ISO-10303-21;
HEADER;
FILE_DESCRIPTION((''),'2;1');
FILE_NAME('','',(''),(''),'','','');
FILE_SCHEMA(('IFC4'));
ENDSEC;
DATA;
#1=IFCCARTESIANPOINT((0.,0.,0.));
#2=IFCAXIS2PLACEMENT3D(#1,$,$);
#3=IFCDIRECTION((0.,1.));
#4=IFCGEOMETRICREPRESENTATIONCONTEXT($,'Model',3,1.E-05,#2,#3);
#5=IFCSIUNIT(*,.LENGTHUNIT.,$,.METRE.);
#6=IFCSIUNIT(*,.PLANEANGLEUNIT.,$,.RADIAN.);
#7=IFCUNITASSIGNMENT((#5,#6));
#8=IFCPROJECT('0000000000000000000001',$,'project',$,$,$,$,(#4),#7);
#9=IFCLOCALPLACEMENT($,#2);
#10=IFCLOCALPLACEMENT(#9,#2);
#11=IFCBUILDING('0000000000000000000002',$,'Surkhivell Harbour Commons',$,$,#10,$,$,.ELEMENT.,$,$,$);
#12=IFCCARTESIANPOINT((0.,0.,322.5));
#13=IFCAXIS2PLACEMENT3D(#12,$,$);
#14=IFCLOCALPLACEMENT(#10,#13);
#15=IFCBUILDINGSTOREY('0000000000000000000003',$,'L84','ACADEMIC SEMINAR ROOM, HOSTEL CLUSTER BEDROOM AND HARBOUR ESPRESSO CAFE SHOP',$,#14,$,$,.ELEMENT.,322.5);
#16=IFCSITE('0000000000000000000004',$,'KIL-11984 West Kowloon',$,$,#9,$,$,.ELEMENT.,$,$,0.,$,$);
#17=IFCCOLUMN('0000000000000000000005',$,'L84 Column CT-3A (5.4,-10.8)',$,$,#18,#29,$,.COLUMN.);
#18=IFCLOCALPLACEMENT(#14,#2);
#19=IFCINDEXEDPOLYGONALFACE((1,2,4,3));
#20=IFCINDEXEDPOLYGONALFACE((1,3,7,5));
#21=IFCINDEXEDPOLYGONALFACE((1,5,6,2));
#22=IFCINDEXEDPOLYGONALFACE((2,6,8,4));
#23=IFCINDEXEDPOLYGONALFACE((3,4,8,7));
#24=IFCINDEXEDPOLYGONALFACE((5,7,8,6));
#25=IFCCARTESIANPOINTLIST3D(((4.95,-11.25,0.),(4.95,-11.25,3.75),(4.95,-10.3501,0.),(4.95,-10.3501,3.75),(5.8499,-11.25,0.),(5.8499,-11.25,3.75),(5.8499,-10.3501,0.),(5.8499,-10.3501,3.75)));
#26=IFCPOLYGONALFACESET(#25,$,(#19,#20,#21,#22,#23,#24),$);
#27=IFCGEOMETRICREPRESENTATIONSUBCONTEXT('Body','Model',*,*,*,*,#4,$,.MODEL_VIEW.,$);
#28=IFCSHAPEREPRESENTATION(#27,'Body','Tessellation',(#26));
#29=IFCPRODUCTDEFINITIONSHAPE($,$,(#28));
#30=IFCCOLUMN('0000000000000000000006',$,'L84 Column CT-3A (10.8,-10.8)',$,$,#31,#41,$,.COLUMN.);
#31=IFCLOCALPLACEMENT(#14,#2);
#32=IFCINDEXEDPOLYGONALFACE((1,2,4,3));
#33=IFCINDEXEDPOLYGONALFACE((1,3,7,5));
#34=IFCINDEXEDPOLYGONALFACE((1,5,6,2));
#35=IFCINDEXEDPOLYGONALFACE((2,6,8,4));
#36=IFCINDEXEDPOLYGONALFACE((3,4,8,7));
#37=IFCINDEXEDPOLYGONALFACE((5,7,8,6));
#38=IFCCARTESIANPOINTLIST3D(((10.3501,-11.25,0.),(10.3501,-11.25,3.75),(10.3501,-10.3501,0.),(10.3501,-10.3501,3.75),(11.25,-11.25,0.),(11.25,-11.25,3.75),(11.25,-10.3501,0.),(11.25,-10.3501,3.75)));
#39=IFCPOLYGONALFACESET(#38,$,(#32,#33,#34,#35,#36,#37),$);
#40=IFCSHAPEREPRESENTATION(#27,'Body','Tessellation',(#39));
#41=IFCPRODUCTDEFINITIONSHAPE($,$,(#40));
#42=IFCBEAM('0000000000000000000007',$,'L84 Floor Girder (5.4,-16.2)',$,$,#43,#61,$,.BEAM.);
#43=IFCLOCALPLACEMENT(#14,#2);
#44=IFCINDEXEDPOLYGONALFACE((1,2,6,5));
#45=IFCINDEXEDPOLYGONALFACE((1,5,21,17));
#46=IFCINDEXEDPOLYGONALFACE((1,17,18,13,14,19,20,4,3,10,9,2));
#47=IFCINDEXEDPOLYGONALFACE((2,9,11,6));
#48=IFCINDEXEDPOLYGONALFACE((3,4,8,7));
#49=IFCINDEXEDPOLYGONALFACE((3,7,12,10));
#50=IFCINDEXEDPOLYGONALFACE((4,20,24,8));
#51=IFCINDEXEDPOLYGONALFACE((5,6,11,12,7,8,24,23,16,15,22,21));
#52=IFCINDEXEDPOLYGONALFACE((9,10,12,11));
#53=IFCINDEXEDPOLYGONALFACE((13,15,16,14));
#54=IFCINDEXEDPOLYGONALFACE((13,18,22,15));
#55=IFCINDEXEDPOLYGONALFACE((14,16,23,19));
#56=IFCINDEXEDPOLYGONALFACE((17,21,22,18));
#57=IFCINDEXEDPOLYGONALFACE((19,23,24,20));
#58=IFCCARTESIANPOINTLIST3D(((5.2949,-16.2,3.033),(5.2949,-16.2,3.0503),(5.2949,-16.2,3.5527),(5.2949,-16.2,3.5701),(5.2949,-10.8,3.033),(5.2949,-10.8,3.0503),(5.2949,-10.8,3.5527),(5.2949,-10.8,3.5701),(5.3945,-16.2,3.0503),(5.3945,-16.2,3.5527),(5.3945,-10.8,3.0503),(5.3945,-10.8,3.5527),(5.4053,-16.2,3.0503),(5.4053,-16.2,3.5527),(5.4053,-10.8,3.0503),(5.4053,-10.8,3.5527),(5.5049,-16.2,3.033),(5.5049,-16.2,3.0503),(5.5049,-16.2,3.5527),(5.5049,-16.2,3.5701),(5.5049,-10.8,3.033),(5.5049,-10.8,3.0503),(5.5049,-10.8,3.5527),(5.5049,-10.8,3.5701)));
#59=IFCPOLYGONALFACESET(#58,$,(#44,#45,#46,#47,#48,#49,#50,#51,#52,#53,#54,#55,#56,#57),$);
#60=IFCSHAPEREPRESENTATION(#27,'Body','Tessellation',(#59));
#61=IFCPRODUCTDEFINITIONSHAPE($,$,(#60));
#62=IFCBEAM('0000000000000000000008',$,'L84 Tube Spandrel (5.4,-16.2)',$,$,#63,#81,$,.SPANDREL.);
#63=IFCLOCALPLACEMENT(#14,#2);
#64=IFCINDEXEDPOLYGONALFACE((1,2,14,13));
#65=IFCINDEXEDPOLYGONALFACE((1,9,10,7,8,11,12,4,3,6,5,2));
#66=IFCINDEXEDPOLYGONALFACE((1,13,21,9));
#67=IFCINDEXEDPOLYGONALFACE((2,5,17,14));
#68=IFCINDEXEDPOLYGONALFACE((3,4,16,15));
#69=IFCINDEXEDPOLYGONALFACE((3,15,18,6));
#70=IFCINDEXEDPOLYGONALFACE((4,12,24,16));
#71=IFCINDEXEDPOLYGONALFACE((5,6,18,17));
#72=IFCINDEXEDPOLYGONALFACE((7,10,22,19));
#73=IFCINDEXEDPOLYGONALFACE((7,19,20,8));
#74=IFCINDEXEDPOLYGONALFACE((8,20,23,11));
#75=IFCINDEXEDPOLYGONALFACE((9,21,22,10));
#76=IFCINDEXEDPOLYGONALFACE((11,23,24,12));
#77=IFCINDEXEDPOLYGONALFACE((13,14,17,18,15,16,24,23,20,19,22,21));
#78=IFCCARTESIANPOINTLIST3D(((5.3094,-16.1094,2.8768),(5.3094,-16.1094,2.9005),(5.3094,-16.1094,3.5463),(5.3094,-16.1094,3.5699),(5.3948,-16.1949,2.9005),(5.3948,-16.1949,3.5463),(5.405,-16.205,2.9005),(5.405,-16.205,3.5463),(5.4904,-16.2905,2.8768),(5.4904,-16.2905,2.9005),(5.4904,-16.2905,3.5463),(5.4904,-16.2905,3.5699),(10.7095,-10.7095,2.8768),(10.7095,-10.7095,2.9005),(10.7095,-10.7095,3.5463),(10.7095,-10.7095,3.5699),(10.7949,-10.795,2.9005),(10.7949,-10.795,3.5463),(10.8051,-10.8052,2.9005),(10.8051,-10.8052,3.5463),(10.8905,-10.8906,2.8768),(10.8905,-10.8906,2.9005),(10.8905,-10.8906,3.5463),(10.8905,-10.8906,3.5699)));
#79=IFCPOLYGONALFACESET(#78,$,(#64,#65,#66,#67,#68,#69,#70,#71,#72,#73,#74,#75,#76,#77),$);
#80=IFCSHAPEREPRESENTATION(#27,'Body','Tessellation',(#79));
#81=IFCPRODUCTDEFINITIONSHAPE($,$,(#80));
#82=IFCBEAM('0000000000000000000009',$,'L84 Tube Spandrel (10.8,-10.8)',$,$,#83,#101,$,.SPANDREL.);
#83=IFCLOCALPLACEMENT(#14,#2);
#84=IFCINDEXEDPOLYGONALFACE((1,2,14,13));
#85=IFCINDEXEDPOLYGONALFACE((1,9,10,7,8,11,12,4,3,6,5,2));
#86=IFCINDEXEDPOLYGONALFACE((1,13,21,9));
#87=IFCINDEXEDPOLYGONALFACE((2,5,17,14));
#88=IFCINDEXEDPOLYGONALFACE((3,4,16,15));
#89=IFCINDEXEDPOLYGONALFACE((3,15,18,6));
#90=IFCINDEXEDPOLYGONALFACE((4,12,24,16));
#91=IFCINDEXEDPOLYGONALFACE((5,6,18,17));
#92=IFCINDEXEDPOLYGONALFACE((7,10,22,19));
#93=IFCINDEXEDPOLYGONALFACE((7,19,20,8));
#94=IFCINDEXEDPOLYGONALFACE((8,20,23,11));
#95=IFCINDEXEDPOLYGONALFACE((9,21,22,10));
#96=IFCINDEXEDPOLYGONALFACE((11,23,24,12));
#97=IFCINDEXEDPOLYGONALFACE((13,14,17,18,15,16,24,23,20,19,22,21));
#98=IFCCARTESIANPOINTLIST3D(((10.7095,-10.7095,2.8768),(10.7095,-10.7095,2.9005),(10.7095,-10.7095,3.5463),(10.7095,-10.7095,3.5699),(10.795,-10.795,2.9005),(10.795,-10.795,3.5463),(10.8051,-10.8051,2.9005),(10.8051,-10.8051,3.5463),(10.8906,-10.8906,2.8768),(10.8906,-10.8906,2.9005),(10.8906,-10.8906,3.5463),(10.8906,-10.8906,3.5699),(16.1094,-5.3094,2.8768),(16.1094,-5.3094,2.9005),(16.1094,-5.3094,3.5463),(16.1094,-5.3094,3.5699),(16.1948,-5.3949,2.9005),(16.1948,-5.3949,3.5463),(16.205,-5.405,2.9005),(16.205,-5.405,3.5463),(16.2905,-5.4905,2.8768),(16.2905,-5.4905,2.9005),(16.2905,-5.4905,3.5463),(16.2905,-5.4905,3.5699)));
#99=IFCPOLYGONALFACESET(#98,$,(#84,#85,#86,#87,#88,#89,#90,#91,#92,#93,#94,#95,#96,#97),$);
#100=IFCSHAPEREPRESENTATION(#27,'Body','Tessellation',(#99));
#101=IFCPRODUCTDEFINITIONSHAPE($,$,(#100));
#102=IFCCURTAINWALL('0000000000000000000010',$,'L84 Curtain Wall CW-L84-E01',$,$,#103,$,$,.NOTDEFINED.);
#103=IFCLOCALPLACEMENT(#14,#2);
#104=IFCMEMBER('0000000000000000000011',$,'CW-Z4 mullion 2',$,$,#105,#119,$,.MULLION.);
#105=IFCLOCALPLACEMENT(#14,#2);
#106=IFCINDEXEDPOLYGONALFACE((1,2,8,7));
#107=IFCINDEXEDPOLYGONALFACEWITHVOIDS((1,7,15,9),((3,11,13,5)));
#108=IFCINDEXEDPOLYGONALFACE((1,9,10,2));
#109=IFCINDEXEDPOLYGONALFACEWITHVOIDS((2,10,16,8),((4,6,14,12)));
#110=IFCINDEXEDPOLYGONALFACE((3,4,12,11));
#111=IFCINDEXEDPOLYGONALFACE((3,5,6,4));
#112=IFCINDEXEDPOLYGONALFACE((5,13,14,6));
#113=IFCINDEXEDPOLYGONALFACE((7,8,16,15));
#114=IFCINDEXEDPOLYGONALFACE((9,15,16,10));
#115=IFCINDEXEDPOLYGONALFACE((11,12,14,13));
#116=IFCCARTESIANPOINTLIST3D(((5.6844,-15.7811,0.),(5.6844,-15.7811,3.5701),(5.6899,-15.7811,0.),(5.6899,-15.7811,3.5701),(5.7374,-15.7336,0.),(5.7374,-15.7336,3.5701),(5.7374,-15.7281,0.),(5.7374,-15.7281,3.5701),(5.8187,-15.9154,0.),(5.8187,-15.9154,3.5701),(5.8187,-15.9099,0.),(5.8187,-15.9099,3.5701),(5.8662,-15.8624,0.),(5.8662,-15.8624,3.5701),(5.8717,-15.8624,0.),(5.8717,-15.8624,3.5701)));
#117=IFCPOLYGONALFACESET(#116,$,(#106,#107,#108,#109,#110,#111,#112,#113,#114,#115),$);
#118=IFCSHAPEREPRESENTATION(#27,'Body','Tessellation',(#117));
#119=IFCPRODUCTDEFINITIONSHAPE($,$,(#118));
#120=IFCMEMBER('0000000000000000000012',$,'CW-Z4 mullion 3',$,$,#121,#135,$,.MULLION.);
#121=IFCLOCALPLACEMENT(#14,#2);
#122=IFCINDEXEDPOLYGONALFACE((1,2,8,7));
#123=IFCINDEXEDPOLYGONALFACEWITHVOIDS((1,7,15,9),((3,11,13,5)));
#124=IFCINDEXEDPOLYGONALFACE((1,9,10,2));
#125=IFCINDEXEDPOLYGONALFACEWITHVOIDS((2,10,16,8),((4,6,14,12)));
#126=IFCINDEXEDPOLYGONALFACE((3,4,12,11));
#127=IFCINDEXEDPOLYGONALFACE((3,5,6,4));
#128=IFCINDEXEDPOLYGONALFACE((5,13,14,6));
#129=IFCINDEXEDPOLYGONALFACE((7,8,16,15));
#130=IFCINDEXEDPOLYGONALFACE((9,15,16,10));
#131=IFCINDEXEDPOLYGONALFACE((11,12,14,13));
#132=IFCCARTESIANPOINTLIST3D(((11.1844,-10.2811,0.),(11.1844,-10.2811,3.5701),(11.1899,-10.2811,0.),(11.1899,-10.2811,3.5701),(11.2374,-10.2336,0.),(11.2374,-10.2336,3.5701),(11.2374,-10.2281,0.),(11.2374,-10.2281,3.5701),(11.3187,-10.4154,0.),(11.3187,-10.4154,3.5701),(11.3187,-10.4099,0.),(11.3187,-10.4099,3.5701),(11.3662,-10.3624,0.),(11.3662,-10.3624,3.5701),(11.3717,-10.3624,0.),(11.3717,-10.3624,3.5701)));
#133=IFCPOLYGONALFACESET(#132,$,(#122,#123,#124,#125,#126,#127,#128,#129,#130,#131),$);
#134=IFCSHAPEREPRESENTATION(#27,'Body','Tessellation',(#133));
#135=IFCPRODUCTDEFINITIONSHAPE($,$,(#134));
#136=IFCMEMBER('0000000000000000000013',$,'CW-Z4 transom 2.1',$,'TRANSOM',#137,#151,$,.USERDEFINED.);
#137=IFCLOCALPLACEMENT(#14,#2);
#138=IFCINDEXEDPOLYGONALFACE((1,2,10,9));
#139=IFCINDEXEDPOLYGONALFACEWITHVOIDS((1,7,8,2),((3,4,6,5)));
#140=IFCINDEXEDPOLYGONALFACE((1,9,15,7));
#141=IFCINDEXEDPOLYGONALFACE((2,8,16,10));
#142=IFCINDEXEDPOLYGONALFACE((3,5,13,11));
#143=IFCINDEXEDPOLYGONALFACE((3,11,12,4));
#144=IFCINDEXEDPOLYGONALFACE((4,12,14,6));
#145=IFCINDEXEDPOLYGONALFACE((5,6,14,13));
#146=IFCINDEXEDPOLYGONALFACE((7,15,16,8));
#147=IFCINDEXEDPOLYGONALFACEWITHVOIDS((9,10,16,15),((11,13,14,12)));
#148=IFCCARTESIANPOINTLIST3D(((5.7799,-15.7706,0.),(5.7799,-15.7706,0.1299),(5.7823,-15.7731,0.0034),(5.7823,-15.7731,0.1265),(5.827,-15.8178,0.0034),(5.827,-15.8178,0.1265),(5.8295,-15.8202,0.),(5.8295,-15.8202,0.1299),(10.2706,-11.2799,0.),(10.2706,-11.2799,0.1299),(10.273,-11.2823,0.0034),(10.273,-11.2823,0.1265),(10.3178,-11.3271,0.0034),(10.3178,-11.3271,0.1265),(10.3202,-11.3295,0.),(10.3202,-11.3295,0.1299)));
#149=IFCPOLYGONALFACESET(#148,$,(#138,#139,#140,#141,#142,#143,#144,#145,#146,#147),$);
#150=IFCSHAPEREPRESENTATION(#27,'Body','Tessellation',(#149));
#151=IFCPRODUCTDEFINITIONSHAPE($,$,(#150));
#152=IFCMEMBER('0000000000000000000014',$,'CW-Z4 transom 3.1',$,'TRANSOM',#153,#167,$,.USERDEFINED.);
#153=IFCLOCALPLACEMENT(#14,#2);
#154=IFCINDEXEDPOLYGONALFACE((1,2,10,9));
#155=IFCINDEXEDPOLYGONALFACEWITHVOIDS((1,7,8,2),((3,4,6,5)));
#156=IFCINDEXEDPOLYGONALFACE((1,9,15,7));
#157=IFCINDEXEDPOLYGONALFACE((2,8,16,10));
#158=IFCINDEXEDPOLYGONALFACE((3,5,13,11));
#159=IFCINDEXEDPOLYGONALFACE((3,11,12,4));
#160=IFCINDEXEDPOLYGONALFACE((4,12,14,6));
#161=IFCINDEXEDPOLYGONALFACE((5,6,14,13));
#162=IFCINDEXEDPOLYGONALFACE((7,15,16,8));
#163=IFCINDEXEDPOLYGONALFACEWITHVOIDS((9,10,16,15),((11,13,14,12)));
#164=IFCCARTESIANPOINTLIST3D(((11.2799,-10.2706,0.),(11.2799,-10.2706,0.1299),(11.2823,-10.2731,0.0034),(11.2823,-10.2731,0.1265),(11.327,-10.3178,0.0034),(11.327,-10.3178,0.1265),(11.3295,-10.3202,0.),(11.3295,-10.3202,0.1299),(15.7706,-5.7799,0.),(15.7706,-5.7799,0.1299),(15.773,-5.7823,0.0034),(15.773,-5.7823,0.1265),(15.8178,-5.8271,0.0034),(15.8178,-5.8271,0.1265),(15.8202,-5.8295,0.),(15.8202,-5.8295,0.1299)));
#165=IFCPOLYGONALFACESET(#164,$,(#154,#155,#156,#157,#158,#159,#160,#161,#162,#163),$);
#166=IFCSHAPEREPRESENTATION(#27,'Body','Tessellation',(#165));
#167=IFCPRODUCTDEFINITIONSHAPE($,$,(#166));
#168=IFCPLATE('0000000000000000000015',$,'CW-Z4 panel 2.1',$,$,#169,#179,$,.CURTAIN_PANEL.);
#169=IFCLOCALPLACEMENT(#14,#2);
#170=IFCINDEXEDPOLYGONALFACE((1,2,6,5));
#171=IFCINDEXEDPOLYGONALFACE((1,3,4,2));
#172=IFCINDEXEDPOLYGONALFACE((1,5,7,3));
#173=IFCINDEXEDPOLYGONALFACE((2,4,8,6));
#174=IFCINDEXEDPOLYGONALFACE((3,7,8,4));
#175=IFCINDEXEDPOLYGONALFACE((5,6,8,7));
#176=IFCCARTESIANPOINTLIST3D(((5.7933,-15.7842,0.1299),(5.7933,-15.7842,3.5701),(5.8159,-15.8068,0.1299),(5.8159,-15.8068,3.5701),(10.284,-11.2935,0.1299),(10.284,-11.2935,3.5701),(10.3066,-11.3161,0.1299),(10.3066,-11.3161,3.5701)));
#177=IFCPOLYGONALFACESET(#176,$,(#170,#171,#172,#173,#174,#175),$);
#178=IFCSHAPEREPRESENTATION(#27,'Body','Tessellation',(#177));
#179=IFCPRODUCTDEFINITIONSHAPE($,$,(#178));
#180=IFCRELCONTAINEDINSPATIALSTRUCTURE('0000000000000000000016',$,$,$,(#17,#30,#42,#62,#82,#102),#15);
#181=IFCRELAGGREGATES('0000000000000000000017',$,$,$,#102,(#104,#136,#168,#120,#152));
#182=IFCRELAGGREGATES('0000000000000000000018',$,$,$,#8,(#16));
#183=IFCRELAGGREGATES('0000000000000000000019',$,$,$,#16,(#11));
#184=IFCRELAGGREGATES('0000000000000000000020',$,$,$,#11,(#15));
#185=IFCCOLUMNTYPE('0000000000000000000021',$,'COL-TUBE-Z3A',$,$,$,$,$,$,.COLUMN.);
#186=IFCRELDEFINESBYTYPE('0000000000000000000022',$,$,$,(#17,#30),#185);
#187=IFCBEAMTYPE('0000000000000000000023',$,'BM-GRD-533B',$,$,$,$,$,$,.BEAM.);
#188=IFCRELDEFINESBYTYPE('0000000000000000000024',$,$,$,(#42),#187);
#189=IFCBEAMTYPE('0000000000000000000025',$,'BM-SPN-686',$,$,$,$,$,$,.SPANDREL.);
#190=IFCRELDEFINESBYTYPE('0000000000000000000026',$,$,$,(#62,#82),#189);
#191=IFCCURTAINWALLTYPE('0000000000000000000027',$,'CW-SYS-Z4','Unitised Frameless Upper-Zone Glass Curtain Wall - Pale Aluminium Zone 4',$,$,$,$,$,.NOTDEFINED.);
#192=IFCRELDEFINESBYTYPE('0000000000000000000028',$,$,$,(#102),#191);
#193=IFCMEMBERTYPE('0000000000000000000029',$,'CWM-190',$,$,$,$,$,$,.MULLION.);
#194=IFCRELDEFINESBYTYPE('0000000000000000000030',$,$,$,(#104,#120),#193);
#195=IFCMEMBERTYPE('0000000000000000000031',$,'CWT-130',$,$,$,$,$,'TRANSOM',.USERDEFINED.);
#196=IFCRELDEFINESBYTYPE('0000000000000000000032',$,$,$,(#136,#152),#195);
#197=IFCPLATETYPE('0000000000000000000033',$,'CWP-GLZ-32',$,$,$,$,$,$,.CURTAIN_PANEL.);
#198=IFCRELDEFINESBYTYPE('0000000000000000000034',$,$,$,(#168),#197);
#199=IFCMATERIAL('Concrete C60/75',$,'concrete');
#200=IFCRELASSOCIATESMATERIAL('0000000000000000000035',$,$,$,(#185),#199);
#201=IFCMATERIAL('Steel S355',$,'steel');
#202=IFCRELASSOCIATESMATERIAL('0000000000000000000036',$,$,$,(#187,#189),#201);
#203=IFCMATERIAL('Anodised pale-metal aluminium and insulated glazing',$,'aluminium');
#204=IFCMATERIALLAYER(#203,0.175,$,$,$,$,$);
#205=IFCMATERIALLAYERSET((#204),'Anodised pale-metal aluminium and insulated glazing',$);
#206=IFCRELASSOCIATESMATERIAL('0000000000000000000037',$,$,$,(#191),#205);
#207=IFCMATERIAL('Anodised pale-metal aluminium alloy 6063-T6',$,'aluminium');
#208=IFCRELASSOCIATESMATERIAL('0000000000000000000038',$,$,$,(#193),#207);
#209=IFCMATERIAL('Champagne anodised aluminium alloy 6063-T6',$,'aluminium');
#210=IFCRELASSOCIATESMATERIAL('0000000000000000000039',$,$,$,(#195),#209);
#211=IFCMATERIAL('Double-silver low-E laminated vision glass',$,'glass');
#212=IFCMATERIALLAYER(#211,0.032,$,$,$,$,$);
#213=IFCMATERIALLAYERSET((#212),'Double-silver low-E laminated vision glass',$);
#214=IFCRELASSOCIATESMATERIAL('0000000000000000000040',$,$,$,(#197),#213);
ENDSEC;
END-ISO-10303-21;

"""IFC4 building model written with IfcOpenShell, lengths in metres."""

from ifc_helpers import new_model, si_unit, direction, frame, frame_2d, origin, origin_2d, place, context, subcontext, project, spatial, rectangle, hollow_rectangle, i_section, extrude, material, layer, layer_set, material_profile, profile_set, type_object, element, aggregate, save


model = new_model("IFC4")

# Units and contexts
model_context = context("Model", 3, precision=1e-05, world=origin(), true_north=direction((0.0, 1.0)))
body_context = subcontext(model_context, "Body", "Model", "MODEL_VIEW")
ifc_project = project(units=[si_unit("LENGTHUNIT", "METRE"), si_unit("PLANEANGLEUNIT", "RADIAN")], contexts=[model_context])

# Site, building, storey
site_placement = place(None, origin())
site = spatial("IfcSite", under=ifc_project, at=site_placement, Name="KIL-11984 West Kowloon", CompositionType="ELEMENT", RefElevation=0.0)
building_placement = place(site_placement, origin())
building = spatial("IfcBuilding", under=site, at=building_placement, Name="Surkhivell Harbour Commons", CompositionType="ELEMENT")
storey_placement = place(building_placement, frame((0.0, 0.0, 322.5)))
storey = spatial("IfcBuildingStorey", under=building, at=storey_placement, Name="L84", Description="ACADEMIC SEMINAR ROOM, HOSTEL CLUSTER BEDROOM AND HARBOUR ESPRESSO CAFE SHOP", CompositionType="ELEMENT", Elevation=322.5)

# Columns
ifc_material_1 = material(Name="Concrete C60/75", Category="concrete")
ifc_material_profile_1 = material_profile(ifc_material_1, rectangle(XDim=0.8999, YDim=0.8999, at=origin_2d()), Name="RC-COL-900x900")
ifc_profile_set_1 = profile_set([ifc_material_profile_1], Name="Concrete C60/75")
column_type = type_object("IfcColumnType", Name="COL-TUBE-Z3A", PredefinedType="COLUMN", material=ifc_profile_set_1)
for number, where, z_axis, x_axis, name in (
    (1, (5.3999, -10.8, 0.0), (0.0, 0.0, 1.0), (1.0, 0.0, 0.0), "L84 Column CT-3A (5.4,-10.8)"),
    (2, (10.8, -10.8, 0.0), (0.0, 0.0, 1.0), (1.0, 0.0, 0.0), "L84 Column CT-3A (10.8,-10.8)"),
):
    element("IfcColumn", number, at=place(storey_placement, frame(where, z_axis=z_axis, x_axis=x_axis)), inside=storey, type_object=column_type, Name=name, PredefinedType="COLUMN", context=body_context, shape_type="SweptSolid", body=[
        extrude(rectangle(XDim=0.8999, YDim=0.8999, at=origin_2d()), origin(), (0.0, 0.0, 1.0), 3.75),
    ])

# Beams
ifc_material_2 = material(Name="Steel S355", Category="steel")
ifc_material_profile_2 = material_profile(ifc_material_2, i_section(OverallWidth=0.21, OverallDepth=0.5371, WebThickness=0.0107, FlangeThickness=0.0173, at=origin_2d()), Name="UB533x210x101")
ifc_profile_set_2 = profile_set([ifc_material_profile_2], Name="Steel S355")
beam_type_1 = type_object("IfcBeamType", Name="BM-GRD-533B", PredefinedType="BEAM", material=ifc_profile_set_2)
beam_placement = place(storey_placement, frame((5.3999, -16.2, 3.3015), z_axis=(0.0, 1.0, 0.0), x_axis=(-1.0, 0.0, 0.0)))
element("IfcBeam", 3, at=beam_placement, inside=storey, type_object=beam_type_1, Name="L84 Floor Girder (5.4,-16.2)", PredefinedType="BEAM", context=body_context, shape_type="SweptSolid", body=[
    extrude(i_section(OverallWidth=0.21, OverallDepth=0.5371, WebThickness=0.0107, FlangeThickness=0.0173, at=origin_2d()), origin(), (0.0, 0.0, 1.0), 5.3999),
])
ifc_material_profile_3 = material_profile(ifc_material_2, i_section(OverallWidth=0.2561, OverallDepth=0.6931, WebThickness=0.0144, FlangeThickness=0.0237, at=origin_2d()), Name="UB686x254x170")
ifc_profile_set_3 = profile_set([ifc_material_profile_3], Name="Steel S355")
beam_type_2 = type_object("IfcBeamType", Name="BM-SPN-686", PredefinedType="SPANDREL", material=ifc_profile_set_3)
for number, where, z_axis, x_axis, name in (
    (4, (5.3999, -16.2, 3.2234), (0.707123, 0.707091, 0.0), (-0.707091, 0.707123, 0.0), "L84 Tube Spandrel (5.4,-16.2)"),
    (5, (10.8, -10.8, 3.2234), (0.707091, 0.707123, 0.0), (-0.707123, 0.707091, 0.0), "L84 Tube Spandrel (10.8,-10.8)"),
):
    element("IfcBeam", number, at=place(storey_placement, frame(where, z_axis=z_axis, x_axis=x_axis)), inside=storey, type_object=beam_type_2, Name=name, PredefinedType="SPANDREL", context=body_context, shape_type="SweptSolid", body=[
        extrude(i_section(OverallWidth=0.2561, OverallDepth=0.6931, WebThickness=0.0144, FlangeThickness=0.0237, at=origin_2d()), origin(), (0.0, 0.0, 1.0), 7.6367),
    ])

# Curtain wall, members, plate
ifc_material_3 = material(Name="Anodised pale-metal aluminium and insulated glazing", Category="aluminium")
ifc_layer_1 = layer(ifc_material_3, 0.175)
ifc_layer_set_1 = layer_set([ifc_layer_1], Name="Anodised pale-metal aluminium and insulated glazing")
curtain_wall_type = type_object("IfcCurtainWallType", Name="CW-SYS-Z4", Description="Unitised Frameless Upper-Zone Glass Curtain Wall - Pale Aluminium Zone 4", PredefinedType="NOTDEFINED", material=ifc_layer_set_1)
curtain_wall_placement = place(storey_placement, origin())
curtain_wall = element("IfcCurtainWall", 6, at=curtain_wall_placement, inside=storey, type_object=curtain_wall_type, Name="L84 Curtain Wall CW-L84-E01", PredefinedType="NOTDEFINED")
ifc_material_4 = material(Name="Anodised pale-metal aluminium alloy 6063-T6", Category="aluminium")
ifc_material_profile_4 = material_profile(ifc_material_4, hollow_rectangle(XDim=0.075, YDim=0.1899, WallThickness=0.0039, at=origin_2d()), Name="ALU-MULL-75x190")
ifc_profile_set_4 = profile_set([ifc_material_profile_4], Name="Anodised pale-metal aluminium alloy 6063-T6")
member_type_1 = type_object("IfcMemberType", Name="CWM-190", PredefinedType="MULLION", material=ifc_profile_set_4)
member_1_placement = place(storey_placement, frame((5.7781, -15.8218, 0.0), z_axis=(0.0, 0.0, 1.0), x_axis=(0.707107, 0.707107, 0.0)))
member_1 = element("IfcMember", 7, at=member_1_placement, type_object=member_type_1, Name="CW-Z4 mullion 2", PredefinedType="MULLION", context=body_context, shape_type="SweptSolid", body=[
    extrude(hollow_rectangle(XDim=0.075, YDim=0.1899, WallThickness=0.0039, at=origin_2d()), origin(), (0.0, 0.0, 1.0), 3.5701),
])
member_2_placement = place(storey_placement, frame((11.2781, -10.3218, 0.0), z_axis=(0.0, 0.0, 1.0), x_axis=(0.707107, 0.707107, 0.0)))
member_2 = element("IfcMember", 8, at=member_2_placement, type_object=member_type_1, Name="CW-Z4 mullion 3", PredefinedType="MULLION", context=body_context, shape_type="SweptSolid", body=[
    extrude(hollow_rectangle(XDim=0.075, YDim=0.1899, WallThickness=0.0039, at=origin_2d()), origin(), (0.0, 0.0, 1.0), 3.5701),
])
ifc_material_5 = material(Name="Champagne anodised aluminium alloy 6063-T6", Category="aluminium")
ifc_material_profile_5 = material_profile(ifc_material_5, hollow_rectangle(XDim=0.0701, YDim=0.1299, WallThickness=0.0034, at=origin_2d()), Name="ALU-TRAN-70x130")
ifc_profile_set_5 = profile_set([ifc_material_profile_5], Name="Champagne anodised aluminium alloy 6063-T6")
member_type_2 = type_object("IfcMemberType", Name="CWT-130", ElementType="TRANSOM", PredefinedType="USERDEFINED", material=ifc_profile_set_5)
member_3_placement = place(storey_placement, frame((5.8047, -15.7954, 0.0649), z_axis=(0.707107, 0.707107, 0.0), x_axis=(-0.707107, 0.707107, 0.0)))
member_3 = element("IfcMember", 9, at=member_3_placement, type_object=member_type_2, Name="CW-Z4 transom 2.1", ObjectType="TRANSOM", PredefinedType="USERDEFINED", context=body_context, shape_type="SweptSolid", body=[
    extrude(hollow_rectangle(XDim=0.0701, YDim=0.1299, WallThickness=0.0034, at=origin_2d()), origin(), (0.0, 0.0, 1.0), 6.3508),
])
member_4_placement = place(storey_placement, frame((11.3047, -10.2954, 0.0649), z_axis=(0.707107, 0.707107, 0.0), x_axis=(-0.707107, 0.707107, 0.0)))
member_4 = element("IfcMember", 10, at=member_4_placement, type_object=member_type_2, Name="CW-Z4 transom 3.1", ObjectType="TRANSOM", PredefinedType="USERDEFINED", context=body_context, shape_type="SweptSolid", body=[
    extrude(hollow_rectangle(XDim=0.0701, YDim=0.1299, WallThickness=0.0034, at=origin_2d()), origin(), (0.0, 0.0, 1.0), 6.3508),
])
ifc_material_6 = material(Name="Double-silver low-E laminated vision glass", Category="glass")
ifc_layer_2 = layer(ifc_material_6, 0.032)
ifc_layer_set_2 = layer_set([ifc_layer_2], Name="Double-silver low-E laminated vision glass")
plate_type = type_object("IfcPlateType", Name="CWP-GLZ-32", PredefinedType="CURTAIN_PANEL", material=ifc_layer_set_2)
plate_1_placement = place(storey_placement, frame((5.8047, -15.7954, 0.1299), z_axis=(0.0, 0.0, 1.0), x_axis=(0.707107, 0.707107, 0.0)))
plate_1 = element("IfcPlate", 11, at=plate_1_placement, type_object=plate_type, Name="CW-Z4 panel 2.1", PredefinedType="CURTAIN_PANEL", context=body_context, shape_type="SweptSolid", body=[
    extrude(rectangle(XDim=6.3508, YDim=0.032, at=frame_2d((3.1753, 0.0))), origin(), (0.0, 0.0, 1.0), 3.4402),
])
aggregate(curtain_wall, [member_1, member_3, plate_1, member_2, member_4])

save(model, "model.ifc")
